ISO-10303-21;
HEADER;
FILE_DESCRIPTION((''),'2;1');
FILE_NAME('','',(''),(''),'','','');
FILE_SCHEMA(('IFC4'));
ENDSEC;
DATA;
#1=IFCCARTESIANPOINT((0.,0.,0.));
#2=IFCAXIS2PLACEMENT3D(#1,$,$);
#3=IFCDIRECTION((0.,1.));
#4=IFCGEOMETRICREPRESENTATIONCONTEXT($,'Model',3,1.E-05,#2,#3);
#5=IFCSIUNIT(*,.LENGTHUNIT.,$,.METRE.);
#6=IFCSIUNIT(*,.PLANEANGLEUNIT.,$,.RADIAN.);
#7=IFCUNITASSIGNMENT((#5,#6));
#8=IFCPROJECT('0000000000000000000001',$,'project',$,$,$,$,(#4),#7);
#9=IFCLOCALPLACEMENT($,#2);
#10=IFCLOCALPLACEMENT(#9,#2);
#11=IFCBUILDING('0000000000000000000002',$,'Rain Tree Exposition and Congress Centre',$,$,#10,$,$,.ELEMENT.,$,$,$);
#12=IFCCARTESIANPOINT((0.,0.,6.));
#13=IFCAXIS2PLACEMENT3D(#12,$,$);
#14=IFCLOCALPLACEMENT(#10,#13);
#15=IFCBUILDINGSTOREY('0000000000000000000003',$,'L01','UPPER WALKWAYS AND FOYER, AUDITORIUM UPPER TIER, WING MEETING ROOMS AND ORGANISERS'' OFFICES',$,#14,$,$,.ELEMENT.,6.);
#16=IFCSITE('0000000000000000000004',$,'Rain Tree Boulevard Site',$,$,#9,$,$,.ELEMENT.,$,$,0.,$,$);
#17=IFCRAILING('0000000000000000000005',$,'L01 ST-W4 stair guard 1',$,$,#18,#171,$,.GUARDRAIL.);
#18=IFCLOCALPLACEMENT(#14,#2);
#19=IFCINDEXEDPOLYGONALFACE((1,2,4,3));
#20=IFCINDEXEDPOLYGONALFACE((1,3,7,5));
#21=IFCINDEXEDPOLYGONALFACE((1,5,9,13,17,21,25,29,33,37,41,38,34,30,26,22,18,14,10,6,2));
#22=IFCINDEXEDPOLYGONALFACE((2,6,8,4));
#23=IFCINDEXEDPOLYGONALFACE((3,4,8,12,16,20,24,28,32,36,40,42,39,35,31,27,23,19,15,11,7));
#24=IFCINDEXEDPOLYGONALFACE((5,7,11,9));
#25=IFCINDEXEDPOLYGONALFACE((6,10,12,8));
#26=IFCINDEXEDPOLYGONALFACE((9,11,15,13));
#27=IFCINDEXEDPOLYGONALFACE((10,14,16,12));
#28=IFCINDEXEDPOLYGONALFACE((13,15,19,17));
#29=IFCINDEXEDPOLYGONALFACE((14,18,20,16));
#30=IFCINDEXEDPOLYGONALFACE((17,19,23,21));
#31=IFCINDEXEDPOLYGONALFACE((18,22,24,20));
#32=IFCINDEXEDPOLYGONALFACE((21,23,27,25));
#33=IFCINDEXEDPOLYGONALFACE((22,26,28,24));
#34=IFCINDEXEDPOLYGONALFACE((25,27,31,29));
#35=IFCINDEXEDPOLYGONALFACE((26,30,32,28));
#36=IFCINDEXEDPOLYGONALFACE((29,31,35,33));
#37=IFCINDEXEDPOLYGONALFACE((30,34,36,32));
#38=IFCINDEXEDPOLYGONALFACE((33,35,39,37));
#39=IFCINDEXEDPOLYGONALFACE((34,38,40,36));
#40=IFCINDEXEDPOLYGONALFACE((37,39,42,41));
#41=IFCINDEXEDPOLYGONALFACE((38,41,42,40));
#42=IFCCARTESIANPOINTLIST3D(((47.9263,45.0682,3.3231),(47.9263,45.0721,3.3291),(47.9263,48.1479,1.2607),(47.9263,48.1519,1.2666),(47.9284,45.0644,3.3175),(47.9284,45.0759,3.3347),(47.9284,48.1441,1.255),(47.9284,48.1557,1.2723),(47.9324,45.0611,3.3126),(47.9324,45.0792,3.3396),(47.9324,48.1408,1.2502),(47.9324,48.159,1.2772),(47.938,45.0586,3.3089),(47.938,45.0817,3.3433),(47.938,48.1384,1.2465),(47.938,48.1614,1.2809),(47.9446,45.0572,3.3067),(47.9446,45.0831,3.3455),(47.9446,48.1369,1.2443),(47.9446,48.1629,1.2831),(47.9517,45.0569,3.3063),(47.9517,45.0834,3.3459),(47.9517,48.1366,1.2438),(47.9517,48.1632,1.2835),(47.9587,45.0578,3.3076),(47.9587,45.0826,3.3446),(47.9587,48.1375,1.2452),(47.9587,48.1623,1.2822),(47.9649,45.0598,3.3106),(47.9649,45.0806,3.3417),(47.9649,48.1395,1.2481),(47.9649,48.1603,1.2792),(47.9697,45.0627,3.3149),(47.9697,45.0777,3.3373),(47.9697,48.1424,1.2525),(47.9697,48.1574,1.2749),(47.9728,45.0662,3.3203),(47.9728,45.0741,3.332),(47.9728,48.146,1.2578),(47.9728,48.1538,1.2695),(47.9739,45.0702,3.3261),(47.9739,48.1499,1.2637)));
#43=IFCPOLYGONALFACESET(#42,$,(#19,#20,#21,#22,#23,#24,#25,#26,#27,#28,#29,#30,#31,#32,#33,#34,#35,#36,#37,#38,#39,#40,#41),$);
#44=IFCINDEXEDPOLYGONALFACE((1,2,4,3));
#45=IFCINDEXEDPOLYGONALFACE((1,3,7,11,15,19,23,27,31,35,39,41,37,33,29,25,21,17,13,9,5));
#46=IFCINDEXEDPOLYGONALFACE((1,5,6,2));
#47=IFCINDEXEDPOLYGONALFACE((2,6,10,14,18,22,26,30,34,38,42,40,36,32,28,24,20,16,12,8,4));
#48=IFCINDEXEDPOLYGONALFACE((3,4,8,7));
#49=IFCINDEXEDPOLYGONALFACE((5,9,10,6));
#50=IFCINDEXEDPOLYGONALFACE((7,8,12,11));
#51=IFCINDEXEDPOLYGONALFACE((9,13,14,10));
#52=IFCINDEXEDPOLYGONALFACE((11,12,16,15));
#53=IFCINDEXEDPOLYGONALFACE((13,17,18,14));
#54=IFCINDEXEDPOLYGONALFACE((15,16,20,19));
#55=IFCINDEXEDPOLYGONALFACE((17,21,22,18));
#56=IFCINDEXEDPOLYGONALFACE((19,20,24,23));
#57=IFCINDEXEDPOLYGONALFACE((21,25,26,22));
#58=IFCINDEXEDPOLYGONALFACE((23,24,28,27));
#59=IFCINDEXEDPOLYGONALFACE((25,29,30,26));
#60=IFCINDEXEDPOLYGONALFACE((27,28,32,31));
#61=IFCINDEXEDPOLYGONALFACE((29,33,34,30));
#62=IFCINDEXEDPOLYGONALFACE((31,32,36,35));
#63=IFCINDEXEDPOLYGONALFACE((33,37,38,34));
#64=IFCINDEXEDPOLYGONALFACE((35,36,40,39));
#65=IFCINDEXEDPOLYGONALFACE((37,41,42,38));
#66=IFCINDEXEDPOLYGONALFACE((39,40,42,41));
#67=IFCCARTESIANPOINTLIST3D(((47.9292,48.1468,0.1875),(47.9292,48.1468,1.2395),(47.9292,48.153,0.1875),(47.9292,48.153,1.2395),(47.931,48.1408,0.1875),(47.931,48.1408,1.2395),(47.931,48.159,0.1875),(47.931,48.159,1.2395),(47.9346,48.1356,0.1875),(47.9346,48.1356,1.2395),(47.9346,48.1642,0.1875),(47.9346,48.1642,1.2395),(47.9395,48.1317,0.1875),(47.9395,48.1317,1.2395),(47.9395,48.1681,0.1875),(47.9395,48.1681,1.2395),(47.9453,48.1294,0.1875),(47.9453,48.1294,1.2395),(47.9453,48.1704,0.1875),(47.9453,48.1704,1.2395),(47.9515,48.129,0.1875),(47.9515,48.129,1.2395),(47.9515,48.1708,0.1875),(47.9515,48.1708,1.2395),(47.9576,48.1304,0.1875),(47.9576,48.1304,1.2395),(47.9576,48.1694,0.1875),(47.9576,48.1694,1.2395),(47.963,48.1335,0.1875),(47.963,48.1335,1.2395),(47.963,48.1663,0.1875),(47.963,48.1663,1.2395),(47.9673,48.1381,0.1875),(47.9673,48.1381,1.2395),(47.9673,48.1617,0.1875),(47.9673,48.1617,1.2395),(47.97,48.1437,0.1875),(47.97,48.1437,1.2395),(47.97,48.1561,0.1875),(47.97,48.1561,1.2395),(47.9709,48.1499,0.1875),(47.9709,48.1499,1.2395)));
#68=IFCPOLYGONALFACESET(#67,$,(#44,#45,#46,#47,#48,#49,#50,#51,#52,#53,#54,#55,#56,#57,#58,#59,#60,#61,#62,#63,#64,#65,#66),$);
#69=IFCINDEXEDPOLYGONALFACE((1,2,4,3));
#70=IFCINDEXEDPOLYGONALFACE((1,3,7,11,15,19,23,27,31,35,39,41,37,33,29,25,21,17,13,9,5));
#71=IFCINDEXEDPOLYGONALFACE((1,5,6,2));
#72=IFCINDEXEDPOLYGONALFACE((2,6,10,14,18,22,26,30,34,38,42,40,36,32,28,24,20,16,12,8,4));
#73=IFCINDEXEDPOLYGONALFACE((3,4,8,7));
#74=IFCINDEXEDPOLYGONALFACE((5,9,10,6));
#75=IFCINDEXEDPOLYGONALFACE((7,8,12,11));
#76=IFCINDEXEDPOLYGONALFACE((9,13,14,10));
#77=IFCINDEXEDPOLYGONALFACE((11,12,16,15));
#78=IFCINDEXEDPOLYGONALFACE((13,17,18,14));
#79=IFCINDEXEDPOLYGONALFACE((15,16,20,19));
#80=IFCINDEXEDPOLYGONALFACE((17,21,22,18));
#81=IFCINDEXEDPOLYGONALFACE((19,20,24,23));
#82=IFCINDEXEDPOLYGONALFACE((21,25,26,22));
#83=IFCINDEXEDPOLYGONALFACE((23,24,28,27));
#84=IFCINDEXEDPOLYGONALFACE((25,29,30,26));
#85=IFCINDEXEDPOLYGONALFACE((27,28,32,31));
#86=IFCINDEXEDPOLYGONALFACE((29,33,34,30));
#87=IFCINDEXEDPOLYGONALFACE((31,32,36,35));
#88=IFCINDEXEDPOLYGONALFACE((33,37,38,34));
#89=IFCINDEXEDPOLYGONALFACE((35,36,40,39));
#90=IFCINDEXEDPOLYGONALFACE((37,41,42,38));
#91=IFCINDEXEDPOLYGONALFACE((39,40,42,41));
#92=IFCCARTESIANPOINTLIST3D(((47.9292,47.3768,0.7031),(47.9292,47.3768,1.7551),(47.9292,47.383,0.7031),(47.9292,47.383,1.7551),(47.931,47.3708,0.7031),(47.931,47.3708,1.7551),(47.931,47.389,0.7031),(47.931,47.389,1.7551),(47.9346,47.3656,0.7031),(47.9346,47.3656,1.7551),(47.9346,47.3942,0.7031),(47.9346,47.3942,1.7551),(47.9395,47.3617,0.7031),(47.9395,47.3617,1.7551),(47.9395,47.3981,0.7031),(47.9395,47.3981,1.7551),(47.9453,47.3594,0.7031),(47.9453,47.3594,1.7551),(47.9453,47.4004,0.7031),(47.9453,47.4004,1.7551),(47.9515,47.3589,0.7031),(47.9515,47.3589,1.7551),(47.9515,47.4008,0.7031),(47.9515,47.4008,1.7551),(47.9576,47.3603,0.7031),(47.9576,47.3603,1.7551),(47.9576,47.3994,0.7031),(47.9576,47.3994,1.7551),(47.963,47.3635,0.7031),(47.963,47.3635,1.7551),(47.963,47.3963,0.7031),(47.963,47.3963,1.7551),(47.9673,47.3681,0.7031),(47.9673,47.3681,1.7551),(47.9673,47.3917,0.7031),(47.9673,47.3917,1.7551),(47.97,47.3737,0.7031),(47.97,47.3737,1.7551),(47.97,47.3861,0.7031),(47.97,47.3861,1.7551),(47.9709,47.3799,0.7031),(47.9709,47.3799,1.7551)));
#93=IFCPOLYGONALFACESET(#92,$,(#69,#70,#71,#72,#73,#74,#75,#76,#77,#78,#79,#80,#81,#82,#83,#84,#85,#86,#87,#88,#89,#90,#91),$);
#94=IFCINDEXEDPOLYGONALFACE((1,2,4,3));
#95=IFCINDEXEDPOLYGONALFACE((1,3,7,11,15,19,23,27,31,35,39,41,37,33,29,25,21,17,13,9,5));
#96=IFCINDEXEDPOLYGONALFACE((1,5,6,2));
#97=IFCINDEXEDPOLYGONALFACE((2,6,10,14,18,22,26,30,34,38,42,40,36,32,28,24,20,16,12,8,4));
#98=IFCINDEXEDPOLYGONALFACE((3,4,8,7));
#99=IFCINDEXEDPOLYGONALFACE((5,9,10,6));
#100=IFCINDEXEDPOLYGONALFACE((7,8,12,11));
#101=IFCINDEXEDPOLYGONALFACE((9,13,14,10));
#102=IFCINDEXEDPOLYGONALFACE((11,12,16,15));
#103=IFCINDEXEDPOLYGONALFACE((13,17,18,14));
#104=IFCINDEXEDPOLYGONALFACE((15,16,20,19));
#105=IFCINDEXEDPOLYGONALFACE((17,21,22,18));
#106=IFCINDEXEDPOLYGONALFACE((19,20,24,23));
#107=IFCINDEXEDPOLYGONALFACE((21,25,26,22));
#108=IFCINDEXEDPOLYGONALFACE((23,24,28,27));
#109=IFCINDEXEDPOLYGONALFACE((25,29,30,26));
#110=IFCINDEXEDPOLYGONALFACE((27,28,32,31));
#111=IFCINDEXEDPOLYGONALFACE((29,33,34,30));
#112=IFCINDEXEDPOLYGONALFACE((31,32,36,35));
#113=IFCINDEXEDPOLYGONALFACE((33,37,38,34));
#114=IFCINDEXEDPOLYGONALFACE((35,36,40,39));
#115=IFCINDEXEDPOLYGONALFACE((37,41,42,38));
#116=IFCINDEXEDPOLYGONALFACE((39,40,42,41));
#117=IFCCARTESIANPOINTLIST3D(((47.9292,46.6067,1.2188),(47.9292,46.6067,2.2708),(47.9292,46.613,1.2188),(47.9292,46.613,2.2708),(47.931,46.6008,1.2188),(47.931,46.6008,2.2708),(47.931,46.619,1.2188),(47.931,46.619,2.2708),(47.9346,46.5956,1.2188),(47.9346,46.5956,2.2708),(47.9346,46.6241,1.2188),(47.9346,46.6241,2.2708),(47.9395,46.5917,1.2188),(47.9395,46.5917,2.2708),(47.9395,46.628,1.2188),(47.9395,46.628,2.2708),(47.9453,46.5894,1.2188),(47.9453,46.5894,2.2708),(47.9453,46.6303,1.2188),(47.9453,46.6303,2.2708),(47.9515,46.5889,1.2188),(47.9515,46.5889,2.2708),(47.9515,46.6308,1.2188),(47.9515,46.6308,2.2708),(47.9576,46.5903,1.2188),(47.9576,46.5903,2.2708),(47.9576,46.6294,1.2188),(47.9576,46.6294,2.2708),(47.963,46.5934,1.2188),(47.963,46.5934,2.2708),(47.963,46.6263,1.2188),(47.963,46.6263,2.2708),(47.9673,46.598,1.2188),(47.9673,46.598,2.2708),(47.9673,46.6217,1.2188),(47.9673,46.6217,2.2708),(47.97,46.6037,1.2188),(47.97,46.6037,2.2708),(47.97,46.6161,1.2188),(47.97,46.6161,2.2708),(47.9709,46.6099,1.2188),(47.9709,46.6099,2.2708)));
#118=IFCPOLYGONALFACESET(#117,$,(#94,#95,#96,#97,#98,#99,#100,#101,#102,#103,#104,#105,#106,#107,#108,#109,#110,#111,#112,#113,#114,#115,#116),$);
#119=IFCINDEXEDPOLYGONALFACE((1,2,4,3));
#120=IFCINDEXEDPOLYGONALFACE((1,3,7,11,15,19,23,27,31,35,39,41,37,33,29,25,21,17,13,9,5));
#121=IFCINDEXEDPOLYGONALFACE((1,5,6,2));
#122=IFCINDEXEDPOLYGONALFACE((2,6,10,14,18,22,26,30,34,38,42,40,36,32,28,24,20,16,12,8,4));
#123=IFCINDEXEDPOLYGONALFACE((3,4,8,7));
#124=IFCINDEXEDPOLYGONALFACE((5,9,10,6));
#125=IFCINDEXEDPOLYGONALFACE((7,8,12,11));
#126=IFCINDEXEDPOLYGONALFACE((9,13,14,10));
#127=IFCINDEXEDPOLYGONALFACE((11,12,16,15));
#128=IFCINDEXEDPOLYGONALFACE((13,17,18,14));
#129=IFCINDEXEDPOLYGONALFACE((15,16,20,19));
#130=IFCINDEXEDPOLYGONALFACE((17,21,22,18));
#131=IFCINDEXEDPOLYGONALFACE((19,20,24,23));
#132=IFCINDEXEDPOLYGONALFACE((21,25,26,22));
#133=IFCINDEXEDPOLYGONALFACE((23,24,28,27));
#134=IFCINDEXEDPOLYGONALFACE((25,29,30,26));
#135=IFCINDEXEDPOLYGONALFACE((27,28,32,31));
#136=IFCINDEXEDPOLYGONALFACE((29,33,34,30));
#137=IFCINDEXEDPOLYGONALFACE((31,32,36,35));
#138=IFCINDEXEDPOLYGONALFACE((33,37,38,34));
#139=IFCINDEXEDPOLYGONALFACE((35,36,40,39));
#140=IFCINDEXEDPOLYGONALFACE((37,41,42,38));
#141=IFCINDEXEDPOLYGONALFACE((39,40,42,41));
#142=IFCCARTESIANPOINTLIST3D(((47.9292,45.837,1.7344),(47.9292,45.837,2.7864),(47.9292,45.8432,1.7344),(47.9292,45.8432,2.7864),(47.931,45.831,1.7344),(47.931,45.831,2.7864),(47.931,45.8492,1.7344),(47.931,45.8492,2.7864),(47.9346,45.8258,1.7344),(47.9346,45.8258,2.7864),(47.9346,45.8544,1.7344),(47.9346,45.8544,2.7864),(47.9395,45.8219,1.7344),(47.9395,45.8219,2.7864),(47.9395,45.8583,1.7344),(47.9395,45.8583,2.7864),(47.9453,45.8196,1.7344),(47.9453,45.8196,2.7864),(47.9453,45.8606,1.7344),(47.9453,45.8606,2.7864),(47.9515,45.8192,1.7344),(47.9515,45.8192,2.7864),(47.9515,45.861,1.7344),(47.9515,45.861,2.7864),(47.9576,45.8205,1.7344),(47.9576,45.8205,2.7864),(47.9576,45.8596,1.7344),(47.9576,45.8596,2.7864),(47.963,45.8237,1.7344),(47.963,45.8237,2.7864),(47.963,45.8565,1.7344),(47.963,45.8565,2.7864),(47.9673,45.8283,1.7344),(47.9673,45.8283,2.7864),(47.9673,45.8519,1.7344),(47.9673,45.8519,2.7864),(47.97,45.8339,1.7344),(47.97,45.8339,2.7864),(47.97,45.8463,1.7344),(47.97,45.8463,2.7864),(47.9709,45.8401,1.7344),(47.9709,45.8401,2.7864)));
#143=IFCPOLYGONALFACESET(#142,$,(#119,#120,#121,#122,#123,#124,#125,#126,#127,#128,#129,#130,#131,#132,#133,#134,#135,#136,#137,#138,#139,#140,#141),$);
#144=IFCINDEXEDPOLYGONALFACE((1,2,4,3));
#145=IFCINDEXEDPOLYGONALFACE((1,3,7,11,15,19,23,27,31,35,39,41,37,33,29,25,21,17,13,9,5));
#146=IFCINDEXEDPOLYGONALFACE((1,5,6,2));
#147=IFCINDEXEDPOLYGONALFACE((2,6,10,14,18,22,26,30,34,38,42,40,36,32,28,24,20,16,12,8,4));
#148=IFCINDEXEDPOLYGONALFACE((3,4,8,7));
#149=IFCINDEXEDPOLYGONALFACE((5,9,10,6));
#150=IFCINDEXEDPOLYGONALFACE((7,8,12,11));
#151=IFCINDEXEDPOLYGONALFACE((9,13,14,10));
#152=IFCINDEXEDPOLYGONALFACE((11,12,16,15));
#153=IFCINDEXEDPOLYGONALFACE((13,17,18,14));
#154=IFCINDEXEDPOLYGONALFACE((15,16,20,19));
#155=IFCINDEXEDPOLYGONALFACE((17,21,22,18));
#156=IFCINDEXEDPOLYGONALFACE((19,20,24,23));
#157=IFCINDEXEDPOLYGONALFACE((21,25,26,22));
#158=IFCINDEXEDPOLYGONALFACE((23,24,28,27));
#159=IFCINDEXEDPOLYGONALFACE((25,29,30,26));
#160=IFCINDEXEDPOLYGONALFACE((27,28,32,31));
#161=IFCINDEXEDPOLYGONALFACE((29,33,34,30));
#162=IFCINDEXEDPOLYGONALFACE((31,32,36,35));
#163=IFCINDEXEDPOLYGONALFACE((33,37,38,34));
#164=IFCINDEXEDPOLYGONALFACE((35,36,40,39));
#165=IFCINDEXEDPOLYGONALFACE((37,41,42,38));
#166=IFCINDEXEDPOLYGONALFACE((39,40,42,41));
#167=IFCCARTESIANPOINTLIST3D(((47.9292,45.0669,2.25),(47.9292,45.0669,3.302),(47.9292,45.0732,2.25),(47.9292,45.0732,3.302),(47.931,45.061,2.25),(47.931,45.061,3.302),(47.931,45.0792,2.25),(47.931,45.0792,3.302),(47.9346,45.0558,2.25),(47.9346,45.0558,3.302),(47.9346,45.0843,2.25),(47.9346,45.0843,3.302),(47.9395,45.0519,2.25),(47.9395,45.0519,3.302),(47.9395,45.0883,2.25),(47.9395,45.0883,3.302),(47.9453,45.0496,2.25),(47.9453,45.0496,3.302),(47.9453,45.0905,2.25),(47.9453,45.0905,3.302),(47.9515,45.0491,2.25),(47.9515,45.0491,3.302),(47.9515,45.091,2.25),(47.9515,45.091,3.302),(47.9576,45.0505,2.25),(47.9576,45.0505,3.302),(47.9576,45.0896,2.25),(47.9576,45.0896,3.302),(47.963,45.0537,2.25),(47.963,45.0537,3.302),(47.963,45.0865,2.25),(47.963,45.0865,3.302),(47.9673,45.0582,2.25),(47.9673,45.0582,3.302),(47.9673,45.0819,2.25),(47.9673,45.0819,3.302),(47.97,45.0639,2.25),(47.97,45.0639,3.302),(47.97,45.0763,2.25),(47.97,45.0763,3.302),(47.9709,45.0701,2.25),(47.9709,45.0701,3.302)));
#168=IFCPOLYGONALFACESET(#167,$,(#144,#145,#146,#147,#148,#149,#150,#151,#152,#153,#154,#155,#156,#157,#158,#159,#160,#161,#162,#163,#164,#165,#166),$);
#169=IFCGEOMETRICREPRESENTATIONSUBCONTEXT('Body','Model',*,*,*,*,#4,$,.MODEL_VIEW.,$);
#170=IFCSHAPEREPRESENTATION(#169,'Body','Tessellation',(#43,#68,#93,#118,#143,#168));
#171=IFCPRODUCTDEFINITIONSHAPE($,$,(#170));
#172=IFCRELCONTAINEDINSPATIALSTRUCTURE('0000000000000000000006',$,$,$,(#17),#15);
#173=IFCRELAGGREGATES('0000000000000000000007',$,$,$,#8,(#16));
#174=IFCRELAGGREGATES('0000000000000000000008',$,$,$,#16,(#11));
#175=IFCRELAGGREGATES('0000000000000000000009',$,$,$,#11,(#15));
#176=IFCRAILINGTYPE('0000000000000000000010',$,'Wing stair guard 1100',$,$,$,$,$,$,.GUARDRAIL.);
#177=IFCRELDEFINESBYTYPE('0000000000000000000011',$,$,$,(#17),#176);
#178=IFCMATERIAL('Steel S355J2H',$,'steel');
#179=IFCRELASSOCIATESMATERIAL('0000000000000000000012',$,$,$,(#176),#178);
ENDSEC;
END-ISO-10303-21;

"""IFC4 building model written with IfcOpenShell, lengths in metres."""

from ifc_helpers import new_model, si_unit, direction, frame, origin, origin_2d, place, context, subcontext, project, spatial, circle, extrude, material, type_object, element, save


model = new_model("IFC4")

# Units and contexts
model_context = context("Model", 3, precision=1e-05, world=origin(), true_north=direction((0.0, 1.0)))
body_context = subcontext(model_context, "Body", "Model", "MODEL_VIEW")
ifc_project = project(units=[si_unit("LENGTHUNIT", "METRE"), si_unit("PLANEANGLEUNIT", "RADIAN")], contexts=[model_context])

# Site, building, storey
site_placement = place(None, origin())
site = spatial("IfcSite", under=ifc_project, at=site_placement, Name="Rain Tree Boulevard Site", CompositionType="ELEMENT", RefElevation=0.0)
building_placement = place(site_placement, origin())
building = spatial("IfcBuilding", under=site, at=building_placement, Name="Rain Tree Exposition and Congress Centre", CompositionType="ELEMENT")
storey_placement = place(building_placement, frame((0.0, 0.0, 6.0)))
storey = spatial("IfcBuildingStorey", under=building, at=storey_placement, Name="L01", Description="UPPER WALKWAYS AND FOYER, AUDITORIUM UPPER TIER, WING MEETING ROOMS AND ORGANISERS' OFFICES", CompositionType="ELEMENT", Elevation=6.0)

# Railing
ifc_material_1 = material(Name="Steel S355J2H", Category="steel")
railing_type_1 = type_object("IfcRailingType", Name="Wing stair guard 1100", PredefinedType="GUARDRAIL", material=ifc_material_1)
railing_1_placement = place(storey_placement, frame((47.95, 48.1499, 0.1875)))
element("IfcRailing", 1, at=railing_1_placement, inside=storey, type_object=railing_type_1, Name="L01 ST-W4 stair guard 1", PredefinedType="GUARDRAIL", context=body_context, shape_type="SweptSolid", body=[
    extrude(circle(Radius=0.0239, at=origin_2d()), frame((0.0, 0.0, 1.0762), z_axis=(0.0, -0.830893, 0.556432), x_axis=(1.0, 0.0, 0.0)), (0.0, 0.0, 1.0), 3.7065),
    extrude(circle(Radius=0.021, at=origin_2d()), origin(), (0.0, 0.0, 1.0), 1.052),
    extrude(circle(Radius=0.021, at=origin_2d()), frame((0.0, -0.77, 0.5156)), (0.0, 0.0, 1.0), 1.052),
    extrude(circle(Radius=0.021, at=origin_2d()), frame((0.0, -1.54, 1.0312)), (0.0, 0.0, 1.0), 1.052),
    extrude(circle(Radius=0.021, at=origin_2d()), frame((0.0, -2.3098, 1.5469)), (0.0, 0.0, 1.0), 1.052),
    extrude(circle(Radius=0.021, at=origin_2d()), frame((0.0, -3.0798, 2.0625)), (0.0, 0.0, 1.0), 1.052),
])

save(model, "model.ifc")
